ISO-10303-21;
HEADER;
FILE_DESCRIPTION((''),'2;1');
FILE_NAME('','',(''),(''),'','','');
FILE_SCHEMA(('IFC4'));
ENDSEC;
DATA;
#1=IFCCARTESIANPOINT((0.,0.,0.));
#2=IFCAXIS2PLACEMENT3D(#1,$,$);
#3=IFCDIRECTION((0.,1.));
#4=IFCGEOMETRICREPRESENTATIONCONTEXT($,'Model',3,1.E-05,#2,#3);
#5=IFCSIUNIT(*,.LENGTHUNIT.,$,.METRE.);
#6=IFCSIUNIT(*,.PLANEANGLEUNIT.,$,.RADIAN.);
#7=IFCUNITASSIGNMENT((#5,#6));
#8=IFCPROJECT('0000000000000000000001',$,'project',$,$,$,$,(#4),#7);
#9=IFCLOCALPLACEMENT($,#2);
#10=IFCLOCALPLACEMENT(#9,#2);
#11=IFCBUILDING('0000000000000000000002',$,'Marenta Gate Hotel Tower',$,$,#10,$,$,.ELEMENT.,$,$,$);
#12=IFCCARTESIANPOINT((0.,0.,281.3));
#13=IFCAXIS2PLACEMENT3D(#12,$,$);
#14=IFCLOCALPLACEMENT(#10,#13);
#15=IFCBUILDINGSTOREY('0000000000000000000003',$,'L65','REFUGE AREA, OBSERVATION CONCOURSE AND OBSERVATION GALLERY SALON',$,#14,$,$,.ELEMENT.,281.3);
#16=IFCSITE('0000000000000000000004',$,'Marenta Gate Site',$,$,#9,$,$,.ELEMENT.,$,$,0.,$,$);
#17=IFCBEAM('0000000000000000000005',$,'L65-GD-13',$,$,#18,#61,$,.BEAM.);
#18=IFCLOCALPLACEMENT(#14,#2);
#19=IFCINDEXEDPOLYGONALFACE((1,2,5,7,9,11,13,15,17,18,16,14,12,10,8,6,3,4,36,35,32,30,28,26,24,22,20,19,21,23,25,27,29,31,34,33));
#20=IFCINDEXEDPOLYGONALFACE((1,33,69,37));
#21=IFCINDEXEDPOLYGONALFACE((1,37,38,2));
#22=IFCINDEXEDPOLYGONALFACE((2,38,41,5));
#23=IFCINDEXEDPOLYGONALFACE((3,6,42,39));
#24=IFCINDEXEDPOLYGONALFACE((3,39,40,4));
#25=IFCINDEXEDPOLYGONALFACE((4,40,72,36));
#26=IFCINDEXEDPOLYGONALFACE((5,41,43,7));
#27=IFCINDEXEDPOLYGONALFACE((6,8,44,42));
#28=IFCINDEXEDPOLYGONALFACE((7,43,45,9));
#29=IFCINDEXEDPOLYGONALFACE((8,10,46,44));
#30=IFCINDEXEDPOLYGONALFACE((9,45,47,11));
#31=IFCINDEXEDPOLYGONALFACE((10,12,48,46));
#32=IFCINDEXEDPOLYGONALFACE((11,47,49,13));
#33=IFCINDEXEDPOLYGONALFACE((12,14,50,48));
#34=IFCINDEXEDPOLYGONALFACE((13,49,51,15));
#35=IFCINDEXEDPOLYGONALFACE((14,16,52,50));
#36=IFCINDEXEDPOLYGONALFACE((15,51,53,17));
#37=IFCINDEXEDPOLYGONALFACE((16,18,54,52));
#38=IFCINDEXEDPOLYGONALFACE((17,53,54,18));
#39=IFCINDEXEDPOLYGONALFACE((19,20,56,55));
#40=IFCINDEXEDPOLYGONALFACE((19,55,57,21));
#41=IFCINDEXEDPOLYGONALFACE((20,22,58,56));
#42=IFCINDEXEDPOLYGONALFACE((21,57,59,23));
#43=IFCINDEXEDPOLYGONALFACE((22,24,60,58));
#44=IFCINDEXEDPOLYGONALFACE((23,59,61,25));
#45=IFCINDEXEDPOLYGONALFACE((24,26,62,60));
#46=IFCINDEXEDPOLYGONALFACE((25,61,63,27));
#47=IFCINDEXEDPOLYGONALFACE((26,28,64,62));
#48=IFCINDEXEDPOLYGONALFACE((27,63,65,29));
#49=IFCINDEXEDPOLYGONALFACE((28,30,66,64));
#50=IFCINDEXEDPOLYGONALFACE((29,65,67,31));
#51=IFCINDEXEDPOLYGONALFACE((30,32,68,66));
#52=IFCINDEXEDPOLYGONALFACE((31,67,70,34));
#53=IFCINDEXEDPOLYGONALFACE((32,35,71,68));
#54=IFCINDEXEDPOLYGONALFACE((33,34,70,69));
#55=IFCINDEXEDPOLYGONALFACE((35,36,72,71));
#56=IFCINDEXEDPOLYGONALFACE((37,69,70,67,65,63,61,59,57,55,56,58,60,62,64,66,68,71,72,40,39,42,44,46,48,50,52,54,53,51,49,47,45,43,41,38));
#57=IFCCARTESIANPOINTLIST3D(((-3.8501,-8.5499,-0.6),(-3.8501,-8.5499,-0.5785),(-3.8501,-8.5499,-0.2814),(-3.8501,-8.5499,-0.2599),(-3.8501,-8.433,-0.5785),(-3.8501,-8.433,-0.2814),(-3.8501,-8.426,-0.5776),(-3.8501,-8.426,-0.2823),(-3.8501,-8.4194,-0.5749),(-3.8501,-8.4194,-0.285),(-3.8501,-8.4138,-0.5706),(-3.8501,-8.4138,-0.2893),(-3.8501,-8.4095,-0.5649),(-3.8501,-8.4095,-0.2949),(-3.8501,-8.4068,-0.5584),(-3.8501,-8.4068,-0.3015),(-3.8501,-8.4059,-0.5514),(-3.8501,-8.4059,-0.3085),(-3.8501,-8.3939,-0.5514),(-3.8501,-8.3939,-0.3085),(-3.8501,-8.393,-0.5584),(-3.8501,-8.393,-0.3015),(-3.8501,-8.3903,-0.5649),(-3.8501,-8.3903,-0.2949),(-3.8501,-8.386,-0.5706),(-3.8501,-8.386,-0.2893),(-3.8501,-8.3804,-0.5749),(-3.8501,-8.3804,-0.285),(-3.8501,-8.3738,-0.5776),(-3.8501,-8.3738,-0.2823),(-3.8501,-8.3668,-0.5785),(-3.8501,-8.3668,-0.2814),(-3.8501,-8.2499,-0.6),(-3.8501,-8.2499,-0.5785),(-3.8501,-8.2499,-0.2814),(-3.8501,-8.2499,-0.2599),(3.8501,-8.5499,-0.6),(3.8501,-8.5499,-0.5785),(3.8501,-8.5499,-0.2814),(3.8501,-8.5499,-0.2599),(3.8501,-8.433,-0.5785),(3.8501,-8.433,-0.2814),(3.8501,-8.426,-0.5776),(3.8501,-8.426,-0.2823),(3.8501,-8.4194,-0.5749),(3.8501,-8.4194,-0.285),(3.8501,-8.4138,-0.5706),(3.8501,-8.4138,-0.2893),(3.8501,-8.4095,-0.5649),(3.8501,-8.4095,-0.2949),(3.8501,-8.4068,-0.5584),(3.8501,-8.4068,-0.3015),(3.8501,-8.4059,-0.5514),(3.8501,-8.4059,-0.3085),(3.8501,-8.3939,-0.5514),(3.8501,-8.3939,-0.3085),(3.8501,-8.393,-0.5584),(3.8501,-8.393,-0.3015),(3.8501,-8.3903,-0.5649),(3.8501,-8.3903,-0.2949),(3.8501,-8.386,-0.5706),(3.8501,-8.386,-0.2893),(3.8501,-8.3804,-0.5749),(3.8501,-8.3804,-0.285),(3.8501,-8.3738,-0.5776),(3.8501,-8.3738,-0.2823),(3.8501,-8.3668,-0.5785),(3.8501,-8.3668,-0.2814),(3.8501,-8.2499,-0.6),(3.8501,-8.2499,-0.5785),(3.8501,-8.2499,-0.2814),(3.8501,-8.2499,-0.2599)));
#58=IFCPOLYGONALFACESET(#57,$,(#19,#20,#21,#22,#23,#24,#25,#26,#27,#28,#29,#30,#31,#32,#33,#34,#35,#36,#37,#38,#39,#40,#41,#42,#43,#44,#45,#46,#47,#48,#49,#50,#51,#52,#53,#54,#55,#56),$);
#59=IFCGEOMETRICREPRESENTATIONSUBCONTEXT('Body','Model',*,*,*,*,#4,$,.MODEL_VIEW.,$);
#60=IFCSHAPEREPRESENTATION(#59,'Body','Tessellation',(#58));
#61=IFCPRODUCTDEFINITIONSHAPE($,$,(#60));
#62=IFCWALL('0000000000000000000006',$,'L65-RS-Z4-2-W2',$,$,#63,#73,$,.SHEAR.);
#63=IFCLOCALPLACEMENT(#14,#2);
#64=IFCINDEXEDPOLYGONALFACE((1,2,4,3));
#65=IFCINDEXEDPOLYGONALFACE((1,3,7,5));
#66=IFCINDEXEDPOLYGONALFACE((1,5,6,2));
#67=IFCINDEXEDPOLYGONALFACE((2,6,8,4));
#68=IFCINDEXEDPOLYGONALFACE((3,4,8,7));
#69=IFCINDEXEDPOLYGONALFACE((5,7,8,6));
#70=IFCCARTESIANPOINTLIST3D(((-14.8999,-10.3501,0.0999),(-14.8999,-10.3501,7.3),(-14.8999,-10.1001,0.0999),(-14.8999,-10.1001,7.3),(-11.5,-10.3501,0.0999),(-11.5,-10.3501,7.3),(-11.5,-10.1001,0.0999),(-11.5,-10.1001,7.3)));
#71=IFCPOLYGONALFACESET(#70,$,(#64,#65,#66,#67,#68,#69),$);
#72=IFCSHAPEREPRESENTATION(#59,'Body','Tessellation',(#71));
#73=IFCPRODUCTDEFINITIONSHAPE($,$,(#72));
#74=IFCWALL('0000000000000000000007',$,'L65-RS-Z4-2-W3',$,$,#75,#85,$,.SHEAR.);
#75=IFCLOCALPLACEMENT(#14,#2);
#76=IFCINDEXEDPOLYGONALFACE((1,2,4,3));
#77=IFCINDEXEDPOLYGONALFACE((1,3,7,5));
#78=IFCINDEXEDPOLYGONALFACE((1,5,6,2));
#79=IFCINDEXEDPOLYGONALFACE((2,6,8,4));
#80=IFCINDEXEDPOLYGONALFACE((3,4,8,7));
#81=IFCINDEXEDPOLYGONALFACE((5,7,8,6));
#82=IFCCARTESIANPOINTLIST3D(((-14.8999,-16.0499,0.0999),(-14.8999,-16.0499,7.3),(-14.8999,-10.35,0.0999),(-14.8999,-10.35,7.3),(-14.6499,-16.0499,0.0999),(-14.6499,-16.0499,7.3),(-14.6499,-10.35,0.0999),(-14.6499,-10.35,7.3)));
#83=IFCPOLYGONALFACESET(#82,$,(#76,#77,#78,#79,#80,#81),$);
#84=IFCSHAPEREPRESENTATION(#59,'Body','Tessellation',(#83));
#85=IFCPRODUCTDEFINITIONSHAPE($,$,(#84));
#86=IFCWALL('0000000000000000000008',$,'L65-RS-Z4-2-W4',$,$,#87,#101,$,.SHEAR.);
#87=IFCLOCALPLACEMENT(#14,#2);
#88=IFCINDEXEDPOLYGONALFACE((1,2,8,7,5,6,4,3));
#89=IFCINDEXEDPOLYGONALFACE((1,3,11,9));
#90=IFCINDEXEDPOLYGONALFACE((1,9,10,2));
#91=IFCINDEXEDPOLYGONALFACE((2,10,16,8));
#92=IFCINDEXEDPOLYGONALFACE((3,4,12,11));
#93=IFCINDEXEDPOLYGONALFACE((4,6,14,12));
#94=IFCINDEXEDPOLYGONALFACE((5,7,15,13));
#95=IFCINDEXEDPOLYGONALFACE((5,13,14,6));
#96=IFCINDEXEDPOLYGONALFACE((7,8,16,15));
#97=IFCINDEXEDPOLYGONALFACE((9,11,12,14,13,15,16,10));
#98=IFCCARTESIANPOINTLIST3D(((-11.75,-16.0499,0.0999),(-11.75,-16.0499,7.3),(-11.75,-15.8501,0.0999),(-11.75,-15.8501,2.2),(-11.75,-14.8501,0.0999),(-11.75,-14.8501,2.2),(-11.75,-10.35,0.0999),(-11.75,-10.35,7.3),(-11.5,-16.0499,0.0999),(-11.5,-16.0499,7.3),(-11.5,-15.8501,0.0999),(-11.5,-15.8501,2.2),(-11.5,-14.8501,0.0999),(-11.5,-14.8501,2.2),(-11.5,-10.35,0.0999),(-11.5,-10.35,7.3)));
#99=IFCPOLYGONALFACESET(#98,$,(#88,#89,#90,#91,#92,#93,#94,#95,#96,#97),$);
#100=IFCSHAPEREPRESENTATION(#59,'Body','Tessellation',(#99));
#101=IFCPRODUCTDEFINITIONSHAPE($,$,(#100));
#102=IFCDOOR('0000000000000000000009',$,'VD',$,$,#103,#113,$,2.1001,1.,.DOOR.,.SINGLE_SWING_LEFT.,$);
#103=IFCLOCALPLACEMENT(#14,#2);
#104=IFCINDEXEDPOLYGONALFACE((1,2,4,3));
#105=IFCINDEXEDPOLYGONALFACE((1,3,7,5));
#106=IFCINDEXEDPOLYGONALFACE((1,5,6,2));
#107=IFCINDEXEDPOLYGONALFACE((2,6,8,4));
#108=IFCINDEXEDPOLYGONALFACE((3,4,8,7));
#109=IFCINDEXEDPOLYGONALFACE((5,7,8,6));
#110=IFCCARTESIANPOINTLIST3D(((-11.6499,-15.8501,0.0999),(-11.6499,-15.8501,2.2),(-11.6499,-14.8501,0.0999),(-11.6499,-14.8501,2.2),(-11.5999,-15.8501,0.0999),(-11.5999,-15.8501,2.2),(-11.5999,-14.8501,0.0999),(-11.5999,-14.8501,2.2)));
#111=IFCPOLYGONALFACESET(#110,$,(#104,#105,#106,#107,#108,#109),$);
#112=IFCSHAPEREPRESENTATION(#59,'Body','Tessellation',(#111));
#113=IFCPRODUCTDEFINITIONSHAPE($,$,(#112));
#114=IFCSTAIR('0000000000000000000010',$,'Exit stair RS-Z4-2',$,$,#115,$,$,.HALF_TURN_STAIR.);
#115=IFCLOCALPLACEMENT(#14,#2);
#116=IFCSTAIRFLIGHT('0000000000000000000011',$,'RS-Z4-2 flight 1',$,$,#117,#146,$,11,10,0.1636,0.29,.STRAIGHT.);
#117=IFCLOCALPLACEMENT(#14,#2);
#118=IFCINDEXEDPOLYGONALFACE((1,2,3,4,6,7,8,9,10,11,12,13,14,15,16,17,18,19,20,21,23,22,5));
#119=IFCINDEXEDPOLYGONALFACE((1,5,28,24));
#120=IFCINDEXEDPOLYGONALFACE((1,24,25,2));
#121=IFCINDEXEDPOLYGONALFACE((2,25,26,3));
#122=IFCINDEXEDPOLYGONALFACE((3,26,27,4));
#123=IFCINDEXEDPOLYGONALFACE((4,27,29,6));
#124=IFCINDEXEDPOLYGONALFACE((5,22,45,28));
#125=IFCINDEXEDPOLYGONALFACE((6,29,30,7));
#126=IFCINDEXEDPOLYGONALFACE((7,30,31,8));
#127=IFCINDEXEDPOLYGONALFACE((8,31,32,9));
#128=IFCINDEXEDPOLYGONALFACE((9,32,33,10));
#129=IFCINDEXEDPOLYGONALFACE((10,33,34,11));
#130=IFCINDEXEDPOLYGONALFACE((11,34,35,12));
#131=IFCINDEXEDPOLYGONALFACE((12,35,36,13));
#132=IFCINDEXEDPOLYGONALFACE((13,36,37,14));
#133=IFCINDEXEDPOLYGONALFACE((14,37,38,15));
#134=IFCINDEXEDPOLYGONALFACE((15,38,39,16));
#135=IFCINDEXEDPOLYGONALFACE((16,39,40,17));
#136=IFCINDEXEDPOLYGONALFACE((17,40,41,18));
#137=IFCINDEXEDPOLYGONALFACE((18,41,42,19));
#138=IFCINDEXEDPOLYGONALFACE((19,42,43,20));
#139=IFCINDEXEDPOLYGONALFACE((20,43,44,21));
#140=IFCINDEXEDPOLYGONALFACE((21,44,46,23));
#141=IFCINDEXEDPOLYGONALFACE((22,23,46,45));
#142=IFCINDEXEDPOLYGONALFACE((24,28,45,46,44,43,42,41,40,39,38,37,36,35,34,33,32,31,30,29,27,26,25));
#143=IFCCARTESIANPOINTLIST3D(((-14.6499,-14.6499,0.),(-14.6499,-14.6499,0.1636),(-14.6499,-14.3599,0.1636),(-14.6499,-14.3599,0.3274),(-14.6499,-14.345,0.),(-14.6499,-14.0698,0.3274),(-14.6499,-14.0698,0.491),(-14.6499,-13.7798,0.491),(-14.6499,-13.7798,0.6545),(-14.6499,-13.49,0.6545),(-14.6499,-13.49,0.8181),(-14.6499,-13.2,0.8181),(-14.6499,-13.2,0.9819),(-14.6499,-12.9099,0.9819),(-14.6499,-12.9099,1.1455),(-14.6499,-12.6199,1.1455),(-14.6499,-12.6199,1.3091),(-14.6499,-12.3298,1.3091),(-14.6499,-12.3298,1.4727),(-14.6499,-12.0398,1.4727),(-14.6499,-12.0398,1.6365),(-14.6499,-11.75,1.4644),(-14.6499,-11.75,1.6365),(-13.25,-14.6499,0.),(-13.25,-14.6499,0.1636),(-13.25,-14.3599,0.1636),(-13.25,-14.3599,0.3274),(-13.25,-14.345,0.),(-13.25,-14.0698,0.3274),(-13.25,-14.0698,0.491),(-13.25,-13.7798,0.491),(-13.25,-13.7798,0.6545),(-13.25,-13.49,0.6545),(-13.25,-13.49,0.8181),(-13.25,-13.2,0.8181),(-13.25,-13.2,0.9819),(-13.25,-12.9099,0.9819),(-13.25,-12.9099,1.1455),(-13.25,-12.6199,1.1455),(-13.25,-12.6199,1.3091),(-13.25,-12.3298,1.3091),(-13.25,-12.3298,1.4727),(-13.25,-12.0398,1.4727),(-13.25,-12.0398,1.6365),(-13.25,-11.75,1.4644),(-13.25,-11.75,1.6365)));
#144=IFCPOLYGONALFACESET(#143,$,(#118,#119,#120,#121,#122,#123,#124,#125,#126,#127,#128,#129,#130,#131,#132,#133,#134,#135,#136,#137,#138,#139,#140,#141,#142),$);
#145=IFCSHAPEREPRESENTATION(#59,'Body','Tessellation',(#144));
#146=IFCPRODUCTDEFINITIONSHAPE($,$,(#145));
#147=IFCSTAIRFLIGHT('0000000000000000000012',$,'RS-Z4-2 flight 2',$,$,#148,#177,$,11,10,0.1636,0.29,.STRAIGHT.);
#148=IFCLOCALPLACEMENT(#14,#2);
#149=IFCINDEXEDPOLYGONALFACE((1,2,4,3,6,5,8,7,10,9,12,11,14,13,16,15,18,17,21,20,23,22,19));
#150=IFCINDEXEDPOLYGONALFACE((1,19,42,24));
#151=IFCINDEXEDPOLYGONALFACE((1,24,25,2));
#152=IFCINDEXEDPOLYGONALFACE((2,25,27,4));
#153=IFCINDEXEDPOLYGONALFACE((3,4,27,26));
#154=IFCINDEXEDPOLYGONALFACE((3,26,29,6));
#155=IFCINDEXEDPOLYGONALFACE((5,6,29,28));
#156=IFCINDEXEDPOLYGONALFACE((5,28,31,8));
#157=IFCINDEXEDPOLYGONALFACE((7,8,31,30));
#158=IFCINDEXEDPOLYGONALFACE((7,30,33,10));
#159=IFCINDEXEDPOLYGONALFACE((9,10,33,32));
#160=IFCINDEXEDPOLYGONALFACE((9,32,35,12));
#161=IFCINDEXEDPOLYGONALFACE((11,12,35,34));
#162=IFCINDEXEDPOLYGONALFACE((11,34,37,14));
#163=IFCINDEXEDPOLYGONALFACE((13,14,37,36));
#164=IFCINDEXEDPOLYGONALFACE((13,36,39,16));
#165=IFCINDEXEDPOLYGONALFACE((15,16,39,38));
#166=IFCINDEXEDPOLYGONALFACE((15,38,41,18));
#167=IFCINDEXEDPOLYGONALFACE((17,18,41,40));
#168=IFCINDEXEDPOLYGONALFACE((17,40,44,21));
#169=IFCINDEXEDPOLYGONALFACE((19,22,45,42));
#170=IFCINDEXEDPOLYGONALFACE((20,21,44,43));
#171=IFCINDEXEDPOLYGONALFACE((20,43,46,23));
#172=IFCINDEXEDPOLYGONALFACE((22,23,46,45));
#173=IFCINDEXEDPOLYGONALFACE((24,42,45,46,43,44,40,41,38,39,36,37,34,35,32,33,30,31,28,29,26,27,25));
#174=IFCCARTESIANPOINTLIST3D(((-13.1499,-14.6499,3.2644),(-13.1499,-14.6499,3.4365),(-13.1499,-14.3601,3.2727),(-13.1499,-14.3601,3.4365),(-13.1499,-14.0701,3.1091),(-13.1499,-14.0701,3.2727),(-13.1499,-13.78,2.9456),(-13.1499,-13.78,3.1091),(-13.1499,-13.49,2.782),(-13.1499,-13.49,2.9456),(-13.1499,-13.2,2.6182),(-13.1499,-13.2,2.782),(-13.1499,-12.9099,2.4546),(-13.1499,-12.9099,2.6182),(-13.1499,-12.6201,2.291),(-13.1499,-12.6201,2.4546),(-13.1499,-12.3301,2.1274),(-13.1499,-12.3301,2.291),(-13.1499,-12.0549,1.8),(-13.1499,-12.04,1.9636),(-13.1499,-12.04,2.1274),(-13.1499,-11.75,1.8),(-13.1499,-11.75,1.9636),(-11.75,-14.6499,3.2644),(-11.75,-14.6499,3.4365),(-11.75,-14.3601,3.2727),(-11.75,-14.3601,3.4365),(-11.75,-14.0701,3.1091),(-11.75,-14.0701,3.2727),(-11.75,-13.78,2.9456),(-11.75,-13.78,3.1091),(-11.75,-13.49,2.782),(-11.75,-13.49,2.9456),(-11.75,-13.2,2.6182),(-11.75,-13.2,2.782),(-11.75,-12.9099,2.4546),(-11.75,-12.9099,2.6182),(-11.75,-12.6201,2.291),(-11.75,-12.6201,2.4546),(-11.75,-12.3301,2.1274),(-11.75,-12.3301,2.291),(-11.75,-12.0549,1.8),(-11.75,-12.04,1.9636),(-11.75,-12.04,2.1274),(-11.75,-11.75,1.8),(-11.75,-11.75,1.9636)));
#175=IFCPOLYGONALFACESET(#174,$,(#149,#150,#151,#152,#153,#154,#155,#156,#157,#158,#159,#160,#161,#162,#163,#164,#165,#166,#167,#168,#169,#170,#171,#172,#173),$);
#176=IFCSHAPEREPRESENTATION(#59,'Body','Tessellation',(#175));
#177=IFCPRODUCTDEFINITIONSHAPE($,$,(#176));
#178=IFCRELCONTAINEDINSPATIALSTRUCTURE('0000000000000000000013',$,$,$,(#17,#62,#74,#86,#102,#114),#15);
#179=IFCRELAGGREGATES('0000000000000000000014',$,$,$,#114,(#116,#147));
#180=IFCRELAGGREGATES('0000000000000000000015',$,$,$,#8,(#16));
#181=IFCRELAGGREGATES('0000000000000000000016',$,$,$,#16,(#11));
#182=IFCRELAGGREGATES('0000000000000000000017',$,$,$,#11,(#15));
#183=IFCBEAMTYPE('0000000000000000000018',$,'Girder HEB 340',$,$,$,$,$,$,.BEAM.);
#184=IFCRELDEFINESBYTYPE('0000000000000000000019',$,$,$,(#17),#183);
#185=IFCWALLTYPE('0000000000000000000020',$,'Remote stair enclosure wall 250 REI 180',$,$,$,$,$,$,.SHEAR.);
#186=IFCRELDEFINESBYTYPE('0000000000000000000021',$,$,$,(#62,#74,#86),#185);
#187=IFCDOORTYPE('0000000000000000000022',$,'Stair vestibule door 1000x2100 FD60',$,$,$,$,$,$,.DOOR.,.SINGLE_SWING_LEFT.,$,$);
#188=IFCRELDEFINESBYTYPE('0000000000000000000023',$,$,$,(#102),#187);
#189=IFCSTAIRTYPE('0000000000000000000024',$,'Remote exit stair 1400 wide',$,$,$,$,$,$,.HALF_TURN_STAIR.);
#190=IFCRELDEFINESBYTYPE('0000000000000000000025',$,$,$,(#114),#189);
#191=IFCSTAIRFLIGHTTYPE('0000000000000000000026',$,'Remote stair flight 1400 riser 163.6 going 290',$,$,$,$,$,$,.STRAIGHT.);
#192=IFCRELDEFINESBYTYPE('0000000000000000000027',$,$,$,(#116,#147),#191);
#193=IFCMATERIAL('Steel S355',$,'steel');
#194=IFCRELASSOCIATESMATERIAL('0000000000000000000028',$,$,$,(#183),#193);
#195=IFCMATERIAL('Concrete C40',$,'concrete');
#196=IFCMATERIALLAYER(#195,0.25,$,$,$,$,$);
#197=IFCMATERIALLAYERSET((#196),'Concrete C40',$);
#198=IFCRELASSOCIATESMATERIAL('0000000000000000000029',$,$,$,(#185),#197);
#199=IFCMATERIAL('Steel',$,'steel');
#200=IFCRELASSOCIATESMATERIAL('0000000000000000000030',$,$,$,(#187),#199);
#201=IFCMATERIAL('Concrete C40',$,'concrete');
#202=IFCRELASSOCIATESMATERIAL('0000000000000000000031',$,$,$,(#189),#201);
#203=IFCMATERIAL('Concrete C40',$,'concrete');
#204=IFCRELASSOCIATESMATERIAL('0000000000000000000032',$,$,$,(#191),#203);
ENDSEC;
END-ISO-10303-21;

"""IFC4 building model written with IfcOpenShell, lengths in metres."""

from ifc_helpers import new_model, si_unit, direction, frame, frame_2d, origin, origin_2d, place, context, subcontext, project, spatial, polyline, rectangle, i_section, outline, extrude, material, layer, layer_set, material_profile, profile_set, type_object, element, fill, aggregate, save


model = new_model("IFC4")

# Units and contexts
model_context = context("Model", 3, precision=1e-05, world=origin(), true_north=direction((0.0, 1.0)))
body_context = subcontext(model_context, "Body", "Model", "MODEL_VIEW")
ifc_project = project(units=[si_unit("LENGTHUNIT", "METRE"), si_unit("PLANEANGLEUNIT", "RADIAN")], contexts=[model_context])

# Site, building, storey
site_placement = place(None, origin())
site = spatial("IfcSite", under=ifc_project, at=site_placement, Name="Marenta Gate Site", CompositionType="ELEMENT", RefElevation=0.0)
building_placement = place(site_placement, origin())
building = spatial("IfcBuilding", under=site, at=building_placement, Name="Marenta Gate Hotel Tower", CompositionType="ELEMENT")
storey_placement = place(building_placement, frame((0.0, 0.0, 281.3)))
storey = spatial("IfcBuildingStorey", under=building, at=storey_placement, Name="L65", Description="REFUGE AREA, OBSERVATION CONCOURSE AND OBSERVATION GALLERY SALON", CompositionType="ELEMENT", Elevation=281.3)

# Beam
ifc_material_1 = material(Name="Steel S355", Category="steel")
ifc_material_profile_1 = material_profile(ifc_material_1, i_section(OverallWidth=0.3, OverallDepth=0.3401, WebThickness=0.012, FlangeThickness=0.0215, FilletRadius=0.0271, at=origin_2d()), Name="HEB 340")
ifc_profile_set_1 = profile_set([ifc_material_profile_1], Name="Steel S355")
beam_type = type_object("IfcBeamType", Name="Girder HEB 340", PredefinedType="BEAM", material=ifc_profile_set_1)
beam_1_placement = place(storey_placement, frame((-3.8501, -8.3999, -0.4299), z_axis=(1.0, 0.0, 0.0), x_axis=(0.0, 1.0, 0.0)))
element("IfcBeam", 1, at=beam_1_placement, inside=storey, type_object=beam_type, Name="L65-GD-13", PredefinedType="BEAM", context=body_context, shape_type="SweptSolid", body=[
    extrude(i_section(OverallWidth=0.3, OverallDepth=0.3401, WebThickness=0.012, FlangeThickness=0.0215, FilletRadius=0.0271, at=origin_2d()), origin(), (0.0, 0.0, 1.0), 7.7002),
])

# Walls
ifc_material_2 = material(Name="Concrete C40", Category="concrete")
ifc_layer_1 = layer(ifc_material_2, 0.25)
ifc_layer_set_1 = layer_set([ifc_layer_1], Name="Concrete C40")
wall_type_1 = type_object("IfcWallType", Name="Remote stair enclosure wall 250 REI 180", PredefinedType="SHEAR", material=ifc_layer_set_1)
wall_1_placement = place(storey_placement, frame((-14.8999, -10.2251, 0.0999), z_axis=(0.0, 0.0, 1.0), x_axis=(1.0, 0.0, 0.0)))
element("IfcWall", 2, at=wall_1_placement, inside=storey, type_object=wall_type_1, Name="L65-RS-Z4-2-W2", PredefinedType="SHEAR", context=body_context, shape_type="SweptSolid", body=[
    extrude(rectangle(XDim=3.3999, YDim=0.25, at=frame_2d((1.7, 0.0))), origin(), (0.0, 0.0, 1.0), 7.2002),
])
wall_2_placement = place(storey_placement, frame((-14.7749, -16.05, 0.0999), z_axis=(0.0, 0.0, 1.0), x_axis=(0.0, 1.0, 0.0)))
element("IfcWall", 3, at=wall_2_placement, inside=storey, type_object=wall_type_1, Name="L65-RS-Z4-2-W3", PredefinedType="SHEAR", context=body_context, shape_type="SweptSolid", body=[
    extrude(rectangle(XDim=5.7, YDim=0.25, at=frame_2d((2.8501, 0.0))), origin(), (0.0, 0.0, 1.0), 7.2002),
])

# Wall, opening, door
wall_3_placement = place(storey_placement, frame((-11.625, -16.05, 0.0999), z_axis=(0.0, 0.0, 1.0), x_axis=(0.0, 1.0, 0.0)))
wall_3 = element("IfcWall", 4, at=wall_3_placement, inside=storey, type_object=wall_type_1, Name="L65-RS-Z4-2-W4", PredefinedType="SHEAR", context=body_context, shape_type="SweptSolid", body=[
    extrude(rectangle(XDim=5.7, YDim=0.25, at=frame_2d((2.8501, 0.0))), origin(), (0.0, 0.0, 1.0), 7.2002),
])
opening_1_placement = place(wall_3_placement, frame((0.2, 0.0, 0.0)))
opening_1 = element("IfcOpeningElement", 5, at=opening_1_placement, cuts=wall_3, PredefinedType="OPENING", context=body_context, shape_type="SweptSolid", body=[
    extrude(rectangle(XDim=1.0, YDim=2.1001, at=frame_2d((0.5, 1.05))), frame((0.0, 0.125, 0.0), z_axis=(0.0, -1.0, 0.0), x_axis=(1.0, 0.0, 0.0)), (0.0, 0.0, 1.0), 0.25),
])
ifc_material_3 = material(Name="Steel", Category="steel")
door_type_1 = type_object("IfcDoorType", Name="Stair vestibule door 1000x2100 FD60", OperationType="SINGLE_SWING_LEFT", PredefinedType="DOOR", material=ifc_material_3)
door_1_placement = place(opening_1_placement, origin())
door_1 = element("IfcDoor", 6, at=door_1_placement, inside=storey, type_object=door_type_1, Name="VD", OperationType="SINGLE_SWING_LEFT", OverallHeight=2.1001, OverallWidth=1.0, PredefinedType="DOOR", context=body_context, shape_type="SweptSolid", body=[
    extrude(rectangle(XDim=1.0, YDim=2.1001, at=frame_2d((0.5, 1.05))), frame((0.0, 0.0249, 0.0), z_axis=(0.0, -1.0, 0.0), x_axis=(1.0, 0.0, 0.0)), (0.0, 0.0, 1.0), 0.05),
])
fill(opening_1, door_1)

# Stair, stair flights
ifc_material_4 = material(Name="Concrete C40", Category="concrete")
stair_type = type_object("IfcStairType", Name="Remote exit stair 1400 wide", PredefinedType="HALF_TURN_STAIR", material=ifc_material_4)
stair_placement = place(storey_placement, origin())
stair = element("IfcStair", 7, at=stair_placement, inside=storey, type_object=stair_type, Name="Exit stair RS-Z4-2", PredefinedType="HALF_TURN_STAIR")
ifc_material_5 = material(Name="Concrete C40", Category="concrete")
stair_flight_type = type_object("IfcStairFlightType", Name="Remote stair flight 1400 riser 163.6 going 290", PredefinedType="STRAIGHT", material=ifc_material_5)
stair_flight_1_placement = place(storey_placement, frame((-13.95, -14.6499, 0.0), z_axis=(0.0, 0.0, 1.0), x_axis=(0.0, 1.0, 0.0)))
stair_flight_1 = element("IfcStairFlight", 8, at=stair_flight_1_placement, type_object=stair_flight_type, Name="RS-Z4-2 flight 1", NumberOfRisers=11, NumberOfTreads=10, PredefinedType="STRAIGHT", RiserHeight=0.1636, TreadLength=0.29, context=body_context, shape_type="SweptSolid", body=[
    extrude(outline(polyline([(0.0, 0.0), (0.0, 0.1636), (0.29, 0.1636), (0.29, 0.3274), (0.5801, 0.3274), (0.5801, 0.491), (0.8701, 0.491), (0.8701, 0.6545), (1.1599, 0.6545), (1.1599, 0.8181), (1.45, 0.8181), (1.45, 0.9819), (1.74, 0.9819), (1.74, 1.1455), (2.03, 1.1455), (2.03, 1.3091), (2.3201, 1.3091), (2.3201, 1.4727), (2.6101, 1.4727), (2.6101, 1.6365), (2.8999, 1.6365), (2.8999, 1.8), (2.8999, 1.4644), (0.3049, 0.0), (0.0, 0.0)])), frame((0.0, 0.7, 0.0), z_axis=(0.0, -1.0, 0.0), x_axis=(1.0, 0.0, 0.0)), (0.0, 0.0, 1.0), 1.3999),
])
stair_flight_2_placement = place(storey_placement, frame((-12.45, -11.75, 1.8), z_axis=(0.0, 0.0, 1.0), x_axis=(0.0, -1.0, 0.0)))
stair_flight_2 = element("IfcStairFlight", 9, at=stair_flight_2_placement, type_object=stair_flight_type, Name="RS-Z4-2 flight 2", NumberOfRisers=11, NumberOfTreads=10, PredefinedType="STRAIGHT", RiserHeight=0.1636, TreadLength=0.29, context=body_context, shape_type="SweptSolid", body=[
    extrude(outline(polyline([(0.0, 0.0), (0.0, 0.1636), (0.29, 0.1636), (0.29, 0.3274), (0.5801, 0.3274), (0.5801, 0.491), (0.8701, 0.491), (0.8701, 0.6545), (1.1599, 0.6545), (1.1599, 0.8181), (1.45, 0.8181), (1.45, 0.9819), (1.74, 0.9819), (1.74, 1.1455), (2.03, 1.1455), (2.03, 1.3091), (2.3201, 1.3091), (2.3201, 1.4727), (2.6101, 1.4727), (2.6101, 1.6365), (2.8999, 1.6365), (2.8999, 1.8), (2.8999, 1.4644), (0.3049, 0.0), (0.0, 0.0)])), frame((0.0, 0.7, 0.0), z_axis=(0.0, -1.0, 0.0), x_axis=(1.0, 0.0, 0.0)), (0.0, 0.0, 1.0), 1.3999),
])
aggregate(stair, [stair_flight_1, stair_flight_2])

save(model, "model.ifc")
